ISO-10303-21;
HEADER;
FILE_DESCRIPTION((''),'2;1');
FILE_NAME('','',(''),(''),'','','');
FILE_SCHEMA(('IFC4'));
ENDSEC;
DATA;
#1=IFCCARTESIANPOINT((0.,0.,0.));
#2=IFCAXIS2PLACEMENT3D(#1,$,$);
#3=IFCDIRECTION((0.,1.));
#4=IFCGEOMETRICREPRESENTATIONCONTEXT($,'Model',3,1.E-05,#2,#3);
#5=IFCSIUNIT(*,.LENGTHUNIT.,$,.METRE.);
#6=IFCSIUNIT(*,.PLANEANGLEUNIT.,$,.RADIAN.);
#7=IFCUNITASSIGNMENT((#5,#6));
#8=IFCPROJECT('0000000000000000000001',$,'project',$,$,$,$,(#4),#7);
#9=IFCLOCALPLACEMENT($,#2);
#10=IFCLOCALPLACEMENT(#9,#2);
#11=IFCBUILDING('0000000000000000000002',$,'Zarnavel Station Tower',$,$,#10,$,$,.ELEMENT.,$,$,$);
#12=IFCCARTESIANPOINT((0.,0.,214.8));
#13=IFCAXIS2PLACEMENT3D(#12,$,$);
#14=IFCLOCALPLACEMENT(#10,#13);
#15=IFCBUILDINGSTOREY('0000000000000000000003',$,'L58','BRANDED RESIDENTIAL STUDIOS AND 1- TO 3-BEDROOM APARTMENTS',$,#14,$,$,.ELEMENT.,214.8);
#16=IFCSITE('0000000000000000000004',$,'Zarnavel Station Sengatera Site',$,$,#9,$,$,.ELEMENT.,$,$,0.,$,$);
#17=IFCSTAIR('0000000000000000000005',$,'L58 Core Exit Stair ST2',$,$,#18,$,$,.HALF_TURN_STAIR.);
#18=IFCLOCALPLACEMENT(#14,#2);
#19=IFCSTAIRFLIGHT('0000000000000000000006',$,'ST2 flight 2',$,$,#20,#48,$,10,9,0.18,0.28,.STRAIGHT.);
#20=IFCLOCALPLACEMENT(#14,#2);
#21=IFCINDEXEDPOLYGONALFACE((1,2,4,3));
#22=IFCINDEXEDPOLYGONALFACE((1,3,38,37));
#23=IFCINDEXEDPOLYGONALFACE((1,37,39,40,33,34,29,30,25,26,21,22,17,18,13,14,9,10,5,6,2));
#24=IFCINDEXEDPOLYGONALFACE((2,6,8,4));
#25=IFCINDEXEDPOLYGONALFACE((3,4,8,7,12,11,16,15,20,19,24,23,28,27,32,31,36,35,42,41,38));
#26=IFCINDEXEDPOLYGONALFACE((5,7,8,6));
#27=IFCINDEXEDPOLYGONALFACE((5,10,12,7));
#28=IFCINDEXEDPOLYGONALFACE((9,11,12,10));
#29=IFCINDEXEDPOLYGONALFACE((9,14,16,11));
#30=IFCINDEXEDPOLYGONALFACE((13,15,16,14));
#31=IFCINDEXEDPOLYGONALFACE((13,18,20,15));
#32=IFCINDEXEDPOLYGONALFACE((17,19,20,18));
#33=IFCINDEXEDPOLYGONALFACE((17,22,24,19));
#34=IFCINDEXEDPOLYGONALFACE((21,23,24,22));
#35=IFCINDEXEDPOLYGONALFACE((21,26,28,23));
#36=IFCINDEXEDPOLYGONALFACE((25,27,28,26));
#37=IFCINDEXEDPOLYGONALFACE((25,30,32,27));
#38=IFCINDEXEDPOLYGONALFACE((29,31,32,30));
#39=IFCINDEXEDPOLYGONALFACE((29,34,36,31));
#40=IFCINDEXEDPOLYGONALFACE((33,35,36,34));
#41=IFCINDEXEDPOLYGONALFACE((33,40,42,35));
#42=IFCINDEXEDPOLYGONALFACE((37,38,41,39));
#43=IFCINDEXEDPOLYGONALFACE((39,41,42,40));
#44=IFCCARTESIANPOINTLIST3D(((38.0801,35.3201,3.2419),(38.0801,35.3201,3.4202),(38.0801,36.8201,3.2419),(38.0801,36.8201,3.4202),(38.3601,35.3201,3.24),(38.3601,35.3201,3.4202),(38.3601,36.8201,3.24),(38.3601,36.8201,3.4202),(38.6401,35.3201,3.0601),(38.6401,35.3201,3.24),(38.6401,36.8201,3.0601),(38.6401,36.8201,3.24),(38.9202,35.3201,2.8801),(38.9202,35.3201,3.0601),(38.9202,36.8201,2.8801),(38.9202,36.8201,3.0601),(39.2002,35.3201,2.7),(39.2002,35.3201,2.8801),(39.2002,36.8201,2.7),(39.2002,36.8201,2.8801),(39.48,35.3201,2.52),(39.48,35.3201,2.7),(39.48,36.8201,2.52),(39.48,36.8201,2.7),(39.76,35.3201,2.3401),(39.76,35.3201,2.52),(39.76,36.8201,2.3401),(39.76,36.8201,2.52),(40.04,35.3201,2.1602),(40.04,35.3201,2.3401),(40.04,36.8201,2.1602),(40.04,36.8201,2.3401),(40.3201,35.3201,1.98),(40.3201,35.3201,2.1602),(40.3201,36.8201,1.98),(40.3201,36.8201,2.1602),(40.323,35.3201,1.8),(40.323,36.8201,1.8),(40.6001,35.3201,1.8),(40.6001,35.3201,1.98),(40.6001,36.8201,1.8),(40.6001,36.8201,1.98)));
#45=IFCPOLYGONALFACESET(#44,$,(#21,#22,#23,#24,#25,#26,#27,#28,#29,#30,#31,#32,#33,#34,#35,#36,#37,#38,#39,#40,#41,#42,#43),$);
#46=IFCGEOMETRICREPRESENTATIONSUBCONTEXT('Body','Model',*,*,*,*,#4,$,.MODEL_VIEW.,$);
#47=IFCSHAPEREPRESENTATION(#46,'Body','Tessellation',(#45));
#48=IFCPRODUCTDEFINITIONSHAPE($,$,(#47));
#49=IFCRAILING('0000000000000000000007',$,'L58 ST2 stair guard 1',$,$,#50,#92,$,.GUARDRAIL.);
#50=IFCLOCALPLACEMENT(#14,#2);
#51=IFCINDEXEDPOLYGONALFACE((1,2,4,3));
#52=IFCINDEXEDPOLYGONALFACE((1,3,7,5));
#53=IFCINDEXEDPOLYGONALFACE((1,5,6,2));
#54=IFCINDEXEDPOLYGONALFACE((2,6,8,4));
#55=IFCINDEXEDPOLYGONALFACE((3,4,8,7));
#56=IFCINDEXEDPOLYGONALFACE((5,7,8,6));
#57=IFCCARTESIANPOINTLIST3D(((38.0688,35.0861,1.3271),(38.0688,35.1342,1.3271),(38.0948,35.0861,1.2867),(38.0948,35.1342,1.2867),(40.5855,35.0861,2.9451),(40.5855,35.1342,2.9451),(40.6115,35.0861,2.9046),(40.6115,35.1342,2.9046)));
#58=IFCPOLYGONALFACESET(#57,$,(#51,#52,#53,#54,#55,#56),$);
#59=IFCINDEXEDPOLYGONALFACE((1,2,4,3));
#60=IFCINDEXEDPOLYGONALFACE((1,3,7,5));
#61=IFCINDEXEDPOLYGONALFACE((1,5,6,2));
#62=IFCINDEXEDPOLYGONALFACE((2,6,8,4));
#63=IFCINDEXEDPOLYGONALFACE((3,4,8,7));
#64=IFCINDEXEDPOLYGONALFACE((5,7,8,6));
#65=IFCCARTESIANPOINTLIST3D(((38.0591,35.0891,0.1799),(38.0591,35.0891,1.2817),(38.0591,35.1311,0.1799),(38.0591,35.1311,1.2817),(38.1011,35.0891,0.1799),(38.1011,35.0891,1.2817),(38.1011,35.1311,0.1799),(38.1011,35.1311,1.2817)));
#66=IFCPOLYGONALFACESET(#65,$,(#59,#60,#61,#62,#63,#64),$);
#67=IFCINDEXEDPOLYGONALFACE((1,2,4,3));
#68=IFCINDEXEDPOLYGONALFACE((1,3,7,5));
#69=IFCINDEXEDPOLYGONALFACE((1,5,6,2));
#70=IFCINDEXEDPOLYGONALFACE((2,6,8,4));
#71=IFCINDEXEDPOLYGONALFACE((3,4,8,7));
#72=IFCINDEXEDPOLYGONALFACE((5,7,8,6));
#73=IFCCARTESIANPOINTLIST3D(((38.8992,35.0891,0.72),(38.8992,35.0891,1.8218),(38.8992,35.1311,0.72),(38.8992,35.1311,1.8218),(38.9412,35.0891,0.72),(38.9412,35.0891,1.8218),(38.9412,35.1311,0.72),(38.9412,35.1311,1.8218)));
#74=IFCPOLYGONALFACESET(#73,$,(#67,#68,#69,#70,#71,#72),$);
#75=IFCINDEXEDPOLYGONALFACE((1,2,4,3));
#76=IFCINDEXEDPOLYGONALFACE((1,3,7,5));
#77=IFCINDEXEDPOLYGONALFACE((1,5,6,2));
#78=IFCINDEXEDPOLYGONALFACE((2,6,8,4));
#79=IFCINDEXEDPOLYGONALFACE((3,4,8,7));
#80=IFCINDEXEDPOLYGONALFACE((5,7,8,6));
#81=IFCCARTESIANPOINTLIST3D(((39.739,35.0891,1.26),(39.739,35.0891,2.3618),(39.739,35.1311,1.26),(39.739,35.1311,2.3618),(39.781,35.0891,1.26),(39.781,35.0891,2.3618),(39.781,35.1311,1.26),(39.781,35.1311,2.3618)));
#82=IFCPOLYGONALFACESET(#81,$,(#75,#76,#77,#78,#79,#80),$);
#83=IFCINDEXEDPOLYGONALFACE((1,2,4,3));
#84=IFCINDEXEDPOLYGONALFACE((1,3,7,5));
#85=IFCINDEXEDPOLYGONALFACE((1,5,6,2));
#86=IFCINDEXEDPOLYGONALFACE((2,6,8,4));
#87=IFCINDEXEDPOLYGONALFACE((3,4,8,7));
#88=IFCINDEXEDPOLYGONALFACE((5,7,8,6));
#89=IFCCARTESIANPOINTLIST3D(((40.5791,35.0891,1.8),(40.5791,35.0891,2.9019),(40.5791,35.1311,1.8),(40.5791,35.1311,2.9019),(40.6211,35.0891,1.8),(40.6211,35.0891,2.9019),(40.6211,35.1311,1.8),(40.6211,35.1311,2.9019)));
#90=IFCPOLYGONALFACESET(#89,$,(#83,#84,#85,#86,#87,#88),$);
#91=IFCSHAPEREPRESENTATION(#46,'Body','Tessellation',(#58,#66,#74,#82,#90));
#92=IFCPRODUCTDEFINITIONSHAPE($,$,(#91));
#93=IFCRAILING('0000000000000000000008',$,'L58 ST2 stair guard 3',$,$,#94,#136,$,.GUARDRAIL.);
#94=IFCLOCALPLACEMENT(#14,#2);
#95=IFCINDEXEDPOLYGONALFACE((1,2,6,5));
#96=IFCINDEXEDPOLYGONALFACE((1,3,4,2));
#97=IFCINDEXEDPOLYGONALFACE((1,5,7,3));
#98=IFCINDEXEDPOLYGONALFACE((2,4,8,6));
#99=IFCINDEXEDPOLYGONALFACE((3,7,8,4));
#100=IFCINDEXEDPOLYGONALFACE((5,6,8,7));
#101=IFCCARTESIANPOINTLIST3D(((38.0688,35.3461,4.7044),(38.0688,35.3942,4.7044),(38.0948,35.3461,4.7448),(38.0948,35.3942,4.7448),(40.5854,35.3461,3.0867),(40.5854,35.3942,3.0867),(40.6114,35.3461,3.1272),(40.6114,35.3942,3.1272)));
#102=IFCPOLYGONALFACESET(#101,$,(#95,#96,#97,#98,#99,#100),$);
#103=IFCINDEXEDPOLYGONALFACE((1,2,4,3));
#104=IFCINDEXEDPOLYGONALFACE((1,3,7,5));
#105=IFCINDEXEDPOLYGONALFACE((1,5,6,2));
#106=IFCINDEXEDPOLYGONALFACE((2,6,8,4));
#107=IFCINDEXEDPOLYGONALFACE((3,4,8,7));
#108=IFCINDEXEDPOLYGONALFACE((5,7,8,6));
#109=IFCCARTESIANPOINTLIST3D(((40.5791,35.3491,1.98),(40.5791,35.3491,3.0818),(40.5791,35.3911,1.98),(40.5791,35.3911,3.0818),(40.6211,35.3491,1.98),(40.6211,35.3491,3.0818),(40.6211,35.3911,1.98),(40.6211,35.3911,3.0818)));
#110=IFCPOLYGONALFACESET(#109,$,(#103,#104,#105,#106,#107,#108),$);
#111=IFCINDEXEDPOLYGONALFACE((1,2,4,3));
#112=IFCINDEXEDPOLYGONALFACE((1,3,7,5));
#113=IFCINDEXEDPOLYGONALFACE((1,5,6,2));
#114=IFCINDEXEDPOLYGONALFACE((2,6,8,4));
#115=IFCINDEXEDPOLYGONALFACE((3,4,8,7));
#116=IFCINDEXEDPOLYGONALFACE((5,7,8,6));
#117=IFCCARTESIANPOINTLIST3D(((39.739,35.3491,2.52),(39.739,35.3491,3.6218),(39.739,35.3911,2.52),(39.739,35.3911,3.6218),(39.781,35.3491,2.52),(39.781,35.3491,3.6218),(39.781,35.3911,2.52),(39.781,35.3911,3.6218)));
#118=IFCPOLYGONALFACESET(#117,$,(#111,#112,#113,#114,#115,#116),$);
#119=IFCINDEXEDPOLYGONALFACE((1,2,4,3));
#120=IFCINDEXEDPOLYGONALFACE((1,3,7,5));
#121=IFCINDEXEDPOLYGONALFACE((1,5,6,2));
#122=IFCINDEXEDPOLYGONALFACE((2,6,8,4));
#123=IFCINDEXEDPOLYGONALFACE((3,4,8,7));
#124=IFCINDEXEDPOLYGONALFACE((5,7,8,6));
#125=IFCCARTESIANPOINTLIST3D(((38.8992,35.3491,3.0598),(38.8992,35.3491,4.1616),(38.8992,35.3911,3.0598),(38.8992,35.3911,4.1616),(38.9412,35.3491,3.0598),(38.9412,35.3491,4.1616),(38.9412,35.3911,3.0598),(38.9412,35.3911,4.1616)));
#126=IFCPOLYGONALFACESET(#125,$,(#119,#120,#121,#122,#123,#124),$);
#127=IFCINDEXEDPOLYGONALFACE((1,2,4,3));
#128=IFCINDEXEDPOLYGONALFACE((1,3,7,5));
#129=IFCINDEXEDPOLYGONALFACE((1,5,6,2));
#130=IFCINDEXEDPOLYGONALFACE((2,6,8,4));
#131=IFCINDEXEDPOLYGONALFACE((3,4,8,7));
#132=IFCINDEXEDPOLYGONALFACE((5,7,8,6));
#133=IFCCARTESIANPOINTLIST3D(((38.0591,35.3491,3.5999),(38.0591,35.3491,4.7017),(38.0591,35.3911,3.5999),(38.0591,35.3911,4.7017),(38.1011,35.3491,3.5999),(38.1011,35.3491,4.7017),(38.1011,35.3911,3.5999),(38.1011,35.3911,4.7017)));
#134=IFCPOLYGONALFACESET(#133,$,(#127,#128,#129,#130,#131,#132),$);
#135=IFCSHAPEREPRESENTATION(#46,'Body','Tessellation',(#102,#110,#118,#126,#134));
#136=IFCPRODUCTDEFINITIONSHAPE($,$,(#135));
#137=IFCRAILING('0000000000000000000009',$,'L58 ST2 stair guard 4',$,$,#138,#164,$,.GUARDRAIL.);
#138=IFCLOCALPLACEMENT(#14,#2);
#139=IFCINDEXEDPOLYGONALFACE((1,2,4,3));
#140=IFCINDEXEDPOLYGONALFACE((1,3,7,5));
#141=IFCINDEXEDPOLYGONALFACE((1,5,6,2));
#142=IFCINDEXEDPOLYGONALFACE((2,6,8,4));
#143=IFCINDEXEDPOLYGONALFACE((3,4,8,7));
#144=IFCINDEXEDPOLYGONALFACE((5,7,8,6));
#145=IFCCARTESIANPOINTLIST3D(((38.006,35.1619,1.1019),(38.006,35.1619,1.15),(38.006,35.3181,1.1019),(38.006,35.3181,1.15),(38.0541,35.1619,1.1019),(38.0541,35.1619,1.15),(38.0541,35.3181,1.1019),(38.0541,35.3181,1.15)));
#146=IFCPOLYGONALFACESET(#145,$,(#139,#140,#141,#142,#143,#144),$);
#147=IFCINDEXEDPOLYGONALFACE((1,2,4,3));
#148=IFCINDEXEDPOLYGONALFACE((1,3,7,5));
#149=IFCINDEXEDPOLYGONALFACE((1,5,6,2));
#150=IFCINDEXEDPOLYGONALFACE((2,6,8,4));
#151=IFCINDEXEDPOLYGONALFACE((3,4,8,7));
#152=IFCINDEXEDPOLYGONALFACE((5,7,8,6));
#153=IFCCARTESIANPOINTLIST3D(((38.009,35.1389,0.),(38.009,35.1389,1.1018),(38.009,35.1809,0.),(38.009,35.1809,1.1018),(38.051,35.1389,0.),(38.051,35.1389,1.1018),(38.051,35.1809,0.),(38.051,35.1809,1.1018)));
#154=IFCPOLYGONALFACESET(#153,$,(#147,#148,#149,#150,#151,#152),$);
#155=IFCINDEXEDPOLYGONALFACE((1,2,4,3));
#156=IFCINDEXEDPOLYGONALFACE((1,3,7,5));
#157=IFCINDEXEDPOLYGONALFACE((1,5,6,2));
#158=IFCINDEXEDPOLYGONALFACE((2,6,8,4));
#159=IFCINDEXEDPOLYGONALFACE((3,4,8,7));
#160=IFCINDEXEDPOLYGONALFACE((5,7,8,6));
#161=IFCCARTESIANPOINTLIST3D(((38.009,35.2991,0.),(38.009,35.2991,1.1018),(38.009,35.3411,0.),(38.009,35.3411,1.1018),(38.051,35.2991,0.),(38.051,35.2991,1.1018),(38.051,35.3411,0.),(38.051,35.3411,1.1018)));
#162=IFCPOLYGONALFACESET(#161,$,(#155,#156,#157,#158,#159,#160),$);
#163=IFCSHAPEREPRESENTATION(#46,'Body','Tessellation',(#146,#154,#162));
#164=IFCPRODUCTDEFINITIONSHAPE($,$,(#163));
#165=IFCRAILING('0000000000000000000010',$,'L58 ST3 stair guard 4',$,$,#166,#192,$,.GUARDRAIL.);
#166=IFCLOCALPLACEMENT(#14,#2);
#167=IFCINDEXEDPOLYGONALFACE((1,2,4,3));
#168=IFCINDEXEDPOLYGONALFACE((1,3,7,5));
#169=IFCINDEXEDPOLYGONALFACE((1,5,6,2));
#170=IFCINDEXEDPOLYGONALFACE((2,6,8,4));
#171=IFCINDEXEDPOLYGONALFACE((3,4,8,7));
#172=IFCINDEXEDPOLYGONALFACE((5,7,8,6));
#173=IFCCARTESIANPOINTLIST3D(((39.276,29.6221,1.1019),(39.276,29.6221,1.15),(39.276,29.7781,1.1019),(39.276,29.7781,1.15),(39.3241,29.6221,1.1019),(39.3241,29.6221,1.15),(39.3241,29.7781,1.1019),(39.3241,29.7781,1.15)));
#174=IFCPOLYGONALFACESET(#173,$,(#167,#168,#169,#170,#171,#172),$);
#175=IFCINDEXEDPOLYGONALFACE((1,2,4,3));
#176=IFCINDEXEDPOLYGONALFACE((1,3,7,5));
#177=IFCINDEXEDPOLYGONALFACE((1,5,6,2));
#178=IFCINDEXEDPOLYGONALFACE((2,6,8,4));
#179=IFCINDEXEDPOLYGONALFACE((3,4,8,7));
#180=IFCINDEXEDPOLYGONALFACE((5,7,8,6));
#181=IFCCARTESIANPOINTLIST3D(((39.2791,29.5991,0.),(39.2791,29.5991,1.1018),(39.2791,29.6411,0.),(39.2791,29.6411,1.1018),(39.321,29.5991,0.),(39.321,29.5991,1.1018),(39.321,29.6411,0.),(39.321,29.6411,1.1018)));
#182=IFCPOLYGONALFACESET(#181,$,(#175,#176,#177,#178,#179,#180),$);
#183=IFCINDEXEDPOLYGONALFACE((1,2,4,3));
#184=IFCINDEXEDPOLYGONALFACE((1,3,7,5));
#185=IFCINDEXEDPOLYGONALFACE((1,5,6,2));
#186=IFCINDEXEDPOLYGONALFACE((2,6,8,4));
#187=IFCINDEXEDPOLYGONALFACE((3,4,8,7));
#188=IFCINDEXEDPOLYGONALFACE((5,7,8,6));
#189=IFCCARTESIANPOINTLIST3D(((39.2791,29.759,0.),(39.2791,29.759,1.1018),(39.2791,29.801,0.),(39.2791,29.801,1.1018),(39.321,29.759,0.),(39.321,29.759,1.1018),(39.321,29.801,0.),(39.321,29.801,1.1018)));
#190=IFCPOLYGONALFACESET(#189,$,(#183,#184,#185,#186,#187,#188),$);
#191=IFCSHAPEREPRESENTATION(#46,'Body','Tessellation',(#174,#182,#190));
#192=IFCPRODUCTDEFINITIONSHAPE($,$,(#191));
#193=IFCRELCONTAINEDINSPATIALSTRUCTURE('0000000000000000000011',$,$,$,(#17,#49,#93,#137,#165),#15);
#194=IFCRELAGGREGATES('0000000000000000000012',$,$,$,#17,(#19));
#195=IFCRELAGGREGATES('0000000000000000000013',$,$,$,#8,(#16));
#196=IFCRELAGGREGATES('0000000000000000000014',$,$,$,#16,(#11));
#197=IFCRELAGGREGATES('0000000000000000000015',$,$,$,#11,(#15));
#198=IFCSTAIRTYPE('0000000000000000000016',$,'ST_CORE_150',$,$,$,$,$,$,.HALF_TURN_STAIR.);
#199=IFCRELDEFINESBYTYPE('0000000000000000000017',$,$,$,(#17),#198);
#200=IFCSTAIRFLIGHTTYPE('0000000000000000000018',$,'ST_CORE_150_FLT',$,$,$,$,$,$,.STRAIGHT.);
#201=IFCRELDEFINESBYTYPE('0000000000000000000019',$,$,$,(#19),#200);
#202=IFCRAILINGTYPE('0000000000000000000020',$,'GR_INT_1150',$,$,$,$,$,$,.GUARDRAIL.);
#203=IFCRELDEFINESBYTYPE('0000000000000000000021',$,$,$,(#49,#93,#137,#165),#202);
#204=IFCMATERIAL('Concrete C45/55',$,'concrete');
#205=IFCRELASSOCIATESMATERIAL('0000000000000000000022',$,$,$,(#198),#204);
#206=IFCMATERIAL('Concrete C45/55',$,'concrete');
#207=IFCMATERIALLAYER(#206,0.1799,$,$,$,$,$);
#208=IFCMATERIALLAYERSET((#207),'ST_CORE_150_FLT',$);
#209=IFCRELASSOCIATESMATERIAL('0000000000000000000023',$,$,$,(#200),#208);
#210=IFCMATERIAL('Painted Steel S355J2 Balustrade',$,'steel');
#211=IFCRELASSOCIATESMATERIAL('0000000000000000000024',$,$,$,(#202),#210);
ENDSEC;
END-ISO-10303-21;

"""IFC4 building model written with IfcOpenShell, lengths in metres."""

from ifc_helpers import new_model, si_unit, direction, frame, origin, origin_2d, place, context, subcontext, project, spatial, polyline, rectangle, outline, extrude, material, layer, layer_set, type_object, element, aggregate, save


model = new_model("IFC4")

# Units and contexts
model_context = context("Model", 3, precision=1e-05, world=origin(), true_north=direction((0.0, 1.0)))
body_context = subcontext(model_context, "Body", "Model", "MODEL_VIEW")
ifc_project = project(units=[si_unit("LENGTHUNIT", "METRE"), si_unit("PLANEANGLEUNIT", "RADIAN")], contexts=[model_context])

# Site, building, storey
site_placement = place(None, origin())
site = spatial("IfcSite", under=ifc_project, at=site_placement, Name="Zarnavel Station Sengatera Site", CompositionType="ELEMENT", RefElevation=0.0)
building_placement = place(site_placement, origin())
building = spatial("IfcBuilding", under=site, at=building_placement, Name="Zarnavel Station Tower", CompositionType="ELEMENT")
storey_placement = place(building_placement, frame((0.0, 0.0, 214.8)))
storey = spatial("IfcBuildingStorey", under=building, at=storey_placement, Name="L58", Description="BRANDED RESIDENTIAL STUDIOS AND 1- TO 3-BEDROOM APARTMENTS", CompositionType="ELEMENT", Elevation=214.8)

# Stair, stair flight
ifc_material_1 = material(Name="Concrete C45/55", Category="concrete")
stair_type = type_object("IfcStairType", Name="ST_CORE_150", PredefinedType="HALF_TURN_STAIR", material=ifc_material_1)
stair_placement = place(storey_placement, origin())
stair = element("IfcStair", 1, at=stair_placement, inside=storey, type_object=stair_type, Name="L58 Core Exit Stair ST2", PredefinedType="HALF_TURN_STAIR")
ifc_material_2 = material(Name="Concrete C45/55", Category="concrete")
ifc_layer_1 = layer(ifc_material_2, 0.1799)
ifc_layer_set_1 = layer_set([ifc_layer_1], Name="ST_CORE_150_FLT")
stair_flight_type = type_object("IfcStairFlightType", Name="ST_CORE_150_FLT", PredefinedType="STRAIGHT", material=ifc_layer_set_1)
stair_flight_1_placement = place(storey_placement, frame((40.6001, 36.0701, 1.8), z_axis=(0.0, 0.0, 1.0), x_axis=(-1.0, 0.0, 0.0)))
stair_flight_1 = element("IfcStairFlight", 2, at=stair_flight_1_placement, type_object=stair_flight_type, Name="ST2 flight 2", NumberOfRisers=10, NumberOfTreads=9, PredefinedType="STRAIGHT", RiserHeight=0.18, TreadLength=0.28, context=body_context, shape_type="SweptSolid", body=[
    extrude(outline(polyline([(0.0, 0.0), (0.0, 0.1799), (0.28, 0.1799), (0.28, 0.3601), (0.5601, 0.3601), (0.5601, 0.54), (0.8401, 0.54), (0.8401, 0.72), (1.1201, 0.72), (1.1201, 0.8999), (1.3999, 0.8999), (1.3999, 1.0801), (1.6799, 1.0801), (1.6799, 1.26), (1.96, 1.26), (1.96, 1.4399), (2.24, 1.4399), (2.24, 1.6201), (2.52, 1.6201), (2.52, 1.8), (2.52, 1.4419), (0.2771, 0.0), (0.0, 0.0)])), frame((0.0, 0.75, 0.0), z_axis=(0.0, -1.0, 0.0), x_axis=(1.0, 0.0, 0.0)), (0.0, 0.0, 1.0), 1.5),
])
aggregate(stair, [stair_flight_1])

# Railings
ifc_material_3 = material(Name="Painted Steel S355J2 Balustrade", Category="steel")
railing_type_1 = type_object("IfcRailingType", Name="GR_INT_1150", PredefinedType="GUARDRAIL", material=ifc_material_3)
railing_1_placement = place(storey_placement, frame((38.0801, 35.1101, 0.1799)))
element("IfcRailing", 3, at=railing_1_placement, inside=storey, type_object=railing_type_1, Name="L58 ST2 stair guard 1", PredefinedType="GUARDRAIL", context=body_context, shape_type="SweptSolid", body=[
    extrude(rectangle(XDim=0.0481, YDim=0.0481, at=origin_2d()), frame((0.0017, 0.0, 1.127), z_axis=(0.841163, 0.0, 0.540782), x_axis=(0.0, 1.0, 0.0)), (0.0, 0.0, 1.0), 2.9919),
    extrude(rectangle(XDim=0.042, YDim=0.042, at=origin_2d()), origin(), (0.0, 0.0, 1.0), 1.1018),
    extrude(rectangle(XDim=0.042, YDim=0.042, at=origin_2d()), frame((0.8401, 0.0, 0.54)), (0.0, 0.0, 1.0), 1.1018),
    extrude(rectangle(XDim=0.042, YDim=0.042, at=origin_2d()), frame((1.6799, 0.0, 1.0801)), (0.0, 0.0, 1.0), 1.1018),
    extrude(rectangle(XDim=0.042, YDim=0.042, at=origin_2d()), frame((2.52, 0.0, 1.6201)), (0.0, 0.0, 1.0), 1.1018),
])
railing_2_placement = place(storey_placement, frame((40.6001, 35.3701, 1.98)))
element("IfcRailing", 4, at=railing_2_placement, inside=storey, type_object=railing_type_1, Name="L58 ST2 stair guard 3", PredefinedType="GUARDRAIL", context=body_context, shape_type="SweptSolid", body=[
    extrude(rectangle(XDim=0.0481, YDim=0.0481, at=origin_2d()), frame((-0.0017, 0.0, 1.127), z_axis=(-0.8412, 0.0, 0.540725), x_axis=(0.0, -1.0, 0.0)), (0.0, 0.0, 1.0), 2.9917),
    extrude(rectangle(XDim=0.042, YDim=0.042, at=origin_2d()), origin(), (0.0, 0.0, 1.0), 1.1018),
    extrude(rectangle(XDim=0.042, YDim=0.042, at=origin_2d()), frame((-0.8401, 0.0, 0.54)), (0.0, 0.0, 1.0), 1.1018),
    extrude(rectangle(XDim=0.042, YDim=0.042, at=origin_2d()), frame((-1.6799, 0.0, 1.0798)), (0.0, 0.0, 1.0), 1.1018),
    extrude(rectangle(XDim=0.042, YDim=0.042, at=origin_2d()), frame((-2.52, 0.0, 1.6199)), (0.0, 0.0, 1.0), 1.1018),
])
railing_3_placement = place(storey_placement, frame((38.03, 35.1599, 0.0)))
element("IfcRailing", 5, at=railing_3_placement, inside=storey, type_object=railing_type_1, Name="L58 ST2 stair guard 4", PredefinedType="GUARDRAIL", context=body_context, shape_type="SweptSolid", body=[
    extrude(rectangle(XDim=0.0481, YDim=0.0481, at=origin_2d()), frame((0.0, 0.002, 1.126), z_axis=(0.0, 1.0, 0.0), x_axis=(-1.0, 0.0, 0.0)), (0.0, 0.0, 1.0), 0.1562),
    extrude(rectangle(XDim=0.042, YDim=0.042, at=origin_2d()), origin(), (0.0, 0.0, 1.0), 1.1018),
    extrude(rectangle(XDim=0.042, YDim=0.042, at=origin_2d()), frame((0.0, 0.1602, 0.0)), (0.0, 0.0, 1.0), 1.1018),
])
railing_4_placement = place(storey_placement, frame((39.3, 29.6201, 0.0)))
element("IfcRailing", 6, at=railing_4_placement, inside=storey, type_object=railing_type_1, Name="L58 ST3 stair guard 4", PredefinedType="GUARDRAIL", context=body_context, shape_type="SweptSolid", body=[
    extrude(rectangle(XDim=0.0481, YDim=0.0481, at=origin_2d()), frame((0.0, 0.002, 1.126), z_axis=(0.0, 1.0, 0.0), x_axis=(-1.0, 0.0, 0.0)), (0.0, 0.0, 1.0), 0.156),
    extrude(rectangle(XDim=0.042, YDim=0.042, at=origin_2d()), origin(), (0.0, 0.0, 1.0), 1.1018),
    extrude(rectangle(XDim=0.042, YDim=0.042, at=origin_2d()), frame((0.0, 0.1599, 0.0)), (0.0, 0.0, 1.0), 1.1018),
])

save(model, "model.ifc")
